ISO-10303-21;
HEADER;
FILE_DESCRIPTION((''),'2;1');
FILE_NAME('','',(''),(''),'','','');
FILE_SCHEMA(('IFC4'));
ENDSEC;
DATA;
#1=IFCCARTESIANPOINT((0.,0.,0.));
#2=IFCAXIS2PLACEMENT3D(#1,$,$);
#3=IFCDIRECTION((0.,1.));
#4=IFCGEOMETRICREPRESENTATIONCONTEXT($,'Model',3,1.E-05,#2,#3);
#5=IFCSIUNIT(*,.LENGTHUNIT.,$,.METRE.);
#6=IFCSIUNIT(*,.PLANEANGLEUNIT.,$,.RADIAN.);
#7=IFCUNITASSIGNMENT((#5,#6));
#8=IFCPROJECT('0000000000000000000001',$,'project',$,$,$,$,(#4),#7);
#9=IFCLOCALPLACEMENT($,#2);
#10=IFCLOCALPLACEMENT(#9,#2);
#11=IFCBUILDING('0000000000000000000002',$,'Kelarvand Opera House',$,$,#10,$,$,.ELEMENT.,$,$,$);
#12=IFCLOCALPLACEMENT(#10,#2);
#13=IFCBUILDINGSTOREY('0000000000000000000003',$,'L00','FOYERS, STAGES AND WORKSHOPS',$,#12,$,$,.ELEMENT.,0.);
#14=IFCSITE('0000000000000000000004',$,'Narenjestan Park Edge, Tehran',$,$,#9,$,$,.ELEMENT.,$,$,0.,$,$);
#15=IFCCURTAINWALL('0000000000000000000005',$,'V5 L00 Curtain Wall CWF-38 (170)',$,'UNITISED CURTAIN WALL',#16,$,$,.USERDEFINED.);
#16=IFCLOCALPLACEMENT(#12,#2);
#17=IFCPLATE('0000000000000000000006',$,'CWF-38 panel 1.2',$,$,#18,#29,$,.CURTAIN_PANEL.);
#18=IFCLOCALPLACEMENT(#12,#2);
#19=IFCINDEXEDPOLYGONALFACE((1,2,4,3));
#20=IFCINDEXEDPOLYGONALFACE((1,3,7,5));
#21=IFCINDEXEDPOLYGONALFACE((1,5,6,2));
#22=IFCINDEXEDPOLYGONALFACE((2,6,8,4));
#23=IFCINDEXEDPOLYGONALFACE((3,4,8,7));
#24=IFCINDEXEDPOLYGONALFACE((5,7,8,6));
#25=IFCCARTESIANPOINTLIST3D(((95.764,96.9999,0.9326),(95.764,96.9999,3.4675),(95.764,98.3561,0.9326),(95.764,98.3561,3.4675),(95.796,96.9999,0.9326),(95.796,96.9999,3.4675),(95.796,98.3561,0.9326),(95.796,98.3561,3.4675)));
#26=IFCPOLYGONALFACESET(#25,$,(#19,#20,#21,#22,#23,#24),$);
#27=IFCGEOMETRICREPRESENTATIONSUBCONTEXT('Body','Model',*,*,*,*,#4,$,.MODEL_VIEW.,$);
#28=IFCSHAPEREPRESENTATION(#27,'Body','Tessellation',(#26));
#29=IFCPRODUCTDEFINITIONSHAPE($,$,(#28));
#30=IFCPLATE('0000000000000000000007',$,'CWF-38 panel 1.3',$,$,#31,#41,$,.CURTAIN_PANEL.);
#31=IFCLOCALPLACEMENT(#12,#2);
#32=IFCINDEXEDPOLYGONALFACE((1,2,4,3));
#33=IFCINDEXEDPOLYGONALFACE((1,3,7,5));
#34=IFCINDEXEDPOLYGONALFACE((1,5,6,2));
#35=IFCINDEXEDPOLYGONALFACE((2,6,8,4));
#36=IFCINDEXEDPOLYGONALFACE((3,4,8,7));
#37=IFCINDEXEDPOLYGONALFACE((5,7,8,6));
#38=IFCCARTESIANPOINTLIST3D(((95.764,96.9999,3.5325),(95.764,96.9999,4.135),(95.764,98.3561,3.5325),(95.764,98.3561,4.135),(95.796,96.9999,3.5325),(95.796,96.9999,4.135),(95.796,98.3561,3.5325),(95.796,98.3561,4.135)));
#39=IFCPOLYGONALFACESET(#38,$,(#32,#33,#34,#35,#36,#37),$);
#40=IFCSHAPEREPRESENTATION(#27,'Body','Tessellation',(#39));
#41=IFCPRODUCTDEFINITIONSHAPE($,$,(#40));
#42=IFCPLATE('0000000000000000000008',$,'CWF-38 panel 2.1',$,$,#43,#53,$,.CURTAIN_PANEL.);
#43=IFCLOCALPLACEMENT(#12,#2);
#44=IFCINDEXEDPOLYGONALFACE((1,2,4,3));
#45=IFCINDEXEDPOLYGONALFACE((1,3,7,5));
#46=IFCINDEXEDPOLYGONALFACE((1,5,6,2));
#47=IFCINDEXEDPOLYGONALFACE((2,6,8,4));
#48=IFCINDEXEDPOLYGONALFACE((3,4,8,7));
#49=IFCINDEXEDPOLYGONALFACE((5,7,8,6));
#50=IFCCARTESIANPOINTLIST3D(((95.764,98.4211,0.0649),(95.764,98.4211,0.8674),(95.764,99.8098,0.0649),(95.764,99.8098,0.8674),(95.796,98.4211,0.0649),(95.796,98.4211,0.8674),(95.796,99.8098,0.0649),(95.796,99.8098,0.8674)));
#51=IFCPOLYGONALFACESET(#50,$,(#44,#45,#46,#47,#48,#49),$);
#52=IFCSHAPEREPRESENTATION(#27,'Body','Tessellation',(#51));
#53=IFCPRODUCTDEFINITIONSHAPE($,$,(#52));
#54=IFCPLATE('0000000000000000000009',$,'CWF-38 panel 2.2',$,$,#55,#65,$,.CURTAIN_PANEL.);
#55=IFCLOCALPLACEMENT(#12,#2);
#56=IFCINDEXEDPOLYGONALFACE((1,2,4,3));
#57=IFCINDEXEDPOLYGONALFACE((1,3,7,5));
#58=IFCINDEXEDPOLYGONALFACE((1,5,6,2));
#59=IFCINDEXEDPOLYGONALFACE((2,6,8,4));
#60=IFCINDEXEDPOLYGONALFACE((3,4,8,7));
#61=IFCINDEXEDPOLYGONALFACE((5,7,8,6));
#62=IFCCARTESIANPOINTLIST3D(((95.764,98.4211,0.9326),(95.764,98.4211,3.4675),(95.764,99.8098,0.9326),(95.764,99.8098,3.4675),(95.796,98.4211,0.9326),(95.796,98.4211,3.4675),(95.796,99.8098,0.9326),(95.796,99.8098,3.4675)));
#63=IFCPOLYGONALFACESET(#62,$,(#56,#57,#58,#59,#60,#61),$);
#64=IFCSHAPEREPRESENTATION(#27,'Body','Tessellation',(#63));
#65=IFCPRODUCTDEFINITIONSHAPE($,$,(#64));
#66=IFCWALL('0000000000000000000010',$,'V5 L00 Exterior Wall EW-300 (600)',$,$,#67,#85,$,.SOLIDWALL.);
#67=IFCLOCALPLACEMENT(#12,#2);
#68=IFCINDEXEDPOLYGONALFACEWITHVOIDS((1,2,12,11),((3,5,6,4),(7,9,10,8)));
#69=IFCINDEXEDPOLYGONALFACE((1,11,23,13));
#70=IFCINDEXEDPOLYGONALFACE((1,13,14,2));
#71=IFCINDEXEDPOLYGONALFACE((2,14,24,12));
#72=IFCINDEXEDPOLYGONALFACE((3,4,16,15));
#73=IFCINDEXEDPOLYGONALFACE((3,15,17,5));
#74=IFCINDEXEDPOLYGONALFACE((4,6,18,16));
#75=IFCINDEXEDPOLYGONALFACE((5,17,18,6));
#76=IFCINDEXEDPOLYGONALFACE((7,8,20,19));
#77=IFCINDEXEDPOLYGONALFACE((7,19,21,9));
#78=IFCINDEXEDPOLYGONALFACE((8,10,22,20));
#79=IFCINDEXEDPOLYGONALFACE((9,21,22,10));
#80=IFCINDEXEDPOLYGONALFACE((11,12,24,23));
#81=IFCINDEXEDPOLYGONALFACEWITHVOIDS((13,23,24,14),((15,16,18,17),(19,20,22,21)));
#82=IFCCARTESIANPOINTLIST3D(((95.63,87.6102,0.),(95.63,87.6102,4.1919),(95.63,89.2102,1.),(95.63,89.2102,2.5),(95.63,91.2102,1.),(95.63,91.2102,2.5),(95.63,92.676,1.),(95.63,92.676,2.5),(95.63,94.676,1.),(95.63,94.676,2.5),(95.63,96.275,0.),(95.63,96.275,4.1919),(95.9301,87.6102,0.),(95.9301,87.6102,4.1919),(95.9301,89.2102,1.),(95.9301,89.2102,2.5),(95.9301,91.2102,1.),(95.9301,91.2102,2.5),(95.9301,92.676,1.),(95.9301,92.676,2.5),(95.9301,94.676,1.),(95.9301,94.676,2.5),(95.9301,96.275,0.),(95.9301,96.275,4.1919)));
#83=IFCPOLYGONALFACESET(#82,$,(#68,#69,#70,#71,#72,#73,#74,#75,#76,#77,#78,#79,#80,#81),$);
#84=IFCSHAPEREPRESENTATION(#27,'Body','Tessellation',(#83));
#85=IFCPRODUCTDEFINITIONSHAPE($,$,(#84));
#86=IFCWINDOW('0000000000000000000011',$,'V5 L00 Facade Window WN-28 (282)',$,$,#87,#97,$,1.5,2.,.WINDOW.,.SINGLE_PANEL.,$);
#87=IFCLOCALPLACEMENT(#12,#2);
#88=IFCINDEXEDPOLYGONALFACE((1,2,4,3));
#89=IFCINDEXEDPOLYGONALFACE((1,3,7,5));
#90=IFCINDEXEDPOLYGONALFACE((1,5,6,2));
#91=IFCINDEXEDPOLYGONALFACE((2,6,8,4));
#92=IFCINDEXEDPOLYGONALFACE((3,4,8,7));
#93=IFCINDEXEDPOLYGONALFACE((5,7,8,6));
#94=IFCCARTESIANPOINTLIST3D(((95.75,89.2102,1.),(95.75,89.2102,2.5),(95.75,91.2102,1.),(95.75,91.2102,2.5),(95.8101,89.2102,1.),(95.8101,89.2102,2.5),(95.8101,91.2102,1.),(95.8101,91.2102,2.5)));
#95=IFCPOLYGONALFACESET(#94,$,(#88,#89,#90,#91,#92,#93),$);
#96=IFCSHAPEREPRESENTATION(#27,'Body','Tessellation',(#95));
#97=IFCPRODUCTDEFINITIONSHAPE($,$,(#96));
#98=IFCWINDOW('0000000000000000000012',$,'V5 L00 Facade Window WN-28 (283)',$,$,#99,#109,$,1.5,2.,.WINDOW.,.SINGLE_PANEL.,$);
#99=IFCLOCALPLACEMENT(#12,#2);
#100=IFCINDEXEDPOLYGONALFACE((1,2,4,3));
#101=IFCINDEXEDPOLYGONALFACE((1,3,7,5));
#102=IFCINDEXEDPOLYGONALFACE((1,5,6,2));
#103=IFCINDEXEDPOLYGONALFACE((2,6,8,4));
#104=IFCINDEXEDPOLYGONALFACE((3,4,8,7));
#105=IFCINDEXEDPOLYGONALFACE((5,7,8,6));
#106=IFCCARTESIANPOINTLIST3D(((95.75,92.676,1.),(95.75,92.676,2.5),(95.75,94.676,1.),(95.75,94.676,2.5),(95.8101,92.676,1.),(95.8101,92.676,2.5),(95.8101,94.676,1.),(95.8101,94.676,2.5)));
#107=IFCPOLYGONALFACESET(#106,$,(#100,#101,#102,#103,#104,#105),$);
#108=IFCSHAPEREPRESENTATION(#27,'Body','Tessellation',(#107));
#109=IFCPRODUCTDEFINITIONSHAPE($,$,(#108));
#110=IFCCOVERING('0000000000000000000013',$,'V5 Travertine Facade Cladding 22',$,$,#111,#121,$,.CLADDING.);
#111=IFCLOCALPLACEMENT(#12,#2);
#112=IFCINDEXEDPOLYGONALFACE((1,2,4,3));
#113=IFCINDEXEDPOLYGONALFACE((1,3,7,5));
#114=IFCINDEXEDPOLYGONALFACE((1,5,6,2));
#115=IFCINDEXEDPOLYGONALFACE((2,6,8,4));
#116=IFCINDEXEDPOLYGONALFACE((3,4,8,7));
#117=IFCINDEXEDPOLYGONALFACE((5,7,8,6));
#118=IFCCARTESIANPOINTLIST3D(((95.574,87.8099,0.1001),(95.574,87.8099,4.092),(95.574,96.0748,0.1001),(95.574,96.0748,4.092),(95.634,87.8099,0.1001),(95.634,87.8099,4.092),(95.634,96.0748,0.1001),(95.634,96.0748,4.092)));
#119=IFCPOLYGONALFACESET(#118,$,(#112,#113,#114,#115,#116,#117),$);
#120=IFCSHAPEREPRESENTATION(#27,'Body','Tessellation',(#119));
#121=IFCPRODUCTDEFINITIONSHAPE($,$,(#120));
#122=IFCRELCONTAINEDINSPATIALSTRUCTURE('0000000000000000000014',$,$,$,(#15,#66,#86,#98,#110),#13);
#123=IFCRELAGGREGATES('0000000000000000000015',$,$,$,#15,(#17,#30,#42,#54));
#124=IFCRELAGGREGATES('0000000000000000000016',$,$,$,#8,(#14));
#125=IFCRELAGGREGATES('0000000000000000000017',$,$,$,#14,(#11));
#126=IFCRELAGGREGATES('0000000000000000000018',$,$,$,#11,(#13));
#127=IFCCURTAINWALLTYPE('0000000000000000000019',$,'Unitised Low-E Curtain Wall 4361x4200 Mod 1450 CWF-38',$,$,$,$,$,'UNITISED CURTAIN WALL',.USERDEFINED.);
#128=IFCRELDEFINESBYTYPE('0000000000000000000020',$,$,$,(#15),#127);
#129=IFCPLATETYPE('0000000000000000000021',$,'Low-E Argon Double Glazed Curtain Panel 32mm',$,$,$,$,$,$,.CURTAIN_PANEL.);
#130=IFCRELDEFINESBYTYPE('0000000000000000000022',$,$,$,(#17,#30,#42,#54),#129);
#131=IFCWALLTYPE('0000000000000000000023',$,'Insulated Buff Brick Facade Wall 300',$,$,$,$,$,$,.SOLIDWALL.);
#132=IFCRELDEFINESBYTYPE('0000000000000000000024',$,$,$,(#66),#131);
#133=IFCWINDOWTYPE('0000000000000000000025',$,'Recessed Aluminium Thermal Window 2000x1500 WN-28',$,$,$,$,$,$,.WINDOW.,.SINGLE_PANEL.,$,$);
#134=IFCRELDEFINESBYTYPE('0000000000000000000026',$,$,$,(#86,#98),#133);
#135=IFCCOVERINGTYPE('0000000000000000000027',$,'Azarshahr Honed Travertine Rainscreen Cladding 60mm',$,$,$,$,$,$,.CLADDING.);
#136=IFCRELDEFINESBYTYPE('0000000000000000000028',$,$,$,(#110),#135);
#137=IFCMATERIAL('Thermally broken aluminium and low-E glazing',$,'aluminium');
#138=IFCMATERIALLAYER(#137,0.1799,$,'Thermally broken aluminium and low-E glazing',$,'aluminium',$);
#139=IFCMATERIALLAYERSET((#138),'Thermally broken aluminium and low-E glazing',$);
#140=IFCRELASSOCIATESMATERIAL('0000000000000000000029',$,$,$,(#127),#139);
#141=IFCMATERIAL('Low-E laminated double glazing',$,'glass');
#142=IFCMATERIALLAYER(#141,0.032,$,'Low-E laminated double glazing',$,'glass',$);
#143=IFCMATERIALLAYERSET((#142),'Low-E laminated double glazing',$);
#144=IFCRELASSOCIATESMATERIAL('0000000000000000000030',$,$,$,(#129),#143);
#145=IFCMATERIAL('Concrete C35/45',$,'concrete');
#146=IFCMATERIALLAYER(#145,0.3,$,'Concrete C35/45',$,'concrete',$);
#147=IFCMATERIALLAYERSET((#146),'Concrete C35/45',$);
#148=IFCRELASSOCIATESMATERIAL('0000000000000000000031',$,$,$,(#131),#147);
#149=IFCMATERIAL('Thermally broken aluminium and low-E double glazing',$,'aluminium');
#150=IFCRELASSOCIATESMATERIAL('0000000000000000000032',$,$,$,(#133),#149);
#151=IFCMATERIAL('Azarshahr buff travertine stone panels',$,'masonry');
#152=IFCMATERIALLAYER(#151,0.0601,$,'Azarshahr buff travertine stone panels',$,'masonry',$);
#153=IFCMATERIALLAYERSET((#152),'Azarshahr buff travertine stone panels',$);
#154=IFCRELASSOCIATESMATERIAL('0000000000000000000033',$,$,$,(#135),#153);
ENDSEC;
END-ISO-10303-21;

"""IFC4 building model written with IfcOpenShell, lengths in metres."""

from ifc_helpers import new_model, si_unit, direction, frame, frame_2d, origin, origin_2d, place, context, subcontext, project, spatial, rectangle, extrude, material, layer, layer_set, type_object, element, fill, aggregate, save


model = new_model("IFC4")

# Units and contexts
model_context = context("Model", 3, precision=1e-05, world=origin(), true_north=direction((0.0, 1.0)))
body_context = subcontext(model_context, "Body", "Model", "MODEL_VIEW")
ifc_project = project(units=[si_unit("LENGTHUNIT", "METRE"), si_unit("PLANEANGLEUNIT", "RADIAN")], contexts=[model_context])

# Site, building, storey
site_placement = place(None, origin())
site = spatial("IfcSite", under=ifc_project, at=site_placement, Name="Narenjestan Park Edge, Tehran", CompositionType="ELEMENT", RefElevation=0.0)
building_placement = place(site_placement, origin())
building = spatial("IfcBuilding", under=site, at=building_placement, Name="Kelarvand Opera House", CompositionType="ELEMENT")
storey_placement = place(building_placement, origin())
storey = spatial("IfcBuildingStorey", under=building, at=storey_placement, Name="L00", Description="FOYERS, STAGES AND WORKSHOPS", CompositionType="ELEMENT", Elevation=0.0)

# Curtain wall
ifc_material_1 = material(Name="Thermally broken aluminium and low-E glazing", Category="aluminium")
ifc_layer_1 = layer(ifc_material_1, 0.1799, Name="Thermally broken aluminium and low-E glazing", Category="aluminium")
ifc_layer_set_1 = layer_set([ifc_layer_1], Name="Thermally broken aluminium and low-E glazing")
curtain_wall_type = type_object("IfcCurtainWallType", Name="Unitised Low-E Curtain Wall 4361x4200 Mod 1450 CWF-38", ElementType="UNITISED CURTAIN WALL", PredefinedType="USERDEFINED", material=ifc_layer_set_1)
curtain_wall_placement = place(storey_placement, origin())
curtain_wall = element("IfcCurtainWall", 1, at=curtain_wall_placement, inside=storey, type_object=curtain_wall_type, Name="V5 L00 Curtain Wall CWF-38 (170)", ObjectType="UNITISED CURTAIN WALL", PredefinedType="USERDEFINED")

# Plates
ifc_material_2 = material(Name="Low-E laminated double glazing", Category="glass")
ifc_layer_2 = layer(ifc_material_2, 0.032, Name="Low-E laminated double glazing", Category="glass")
ifc_layer_set_2 = layer_set([ifc_layer_2], Name="Low-E laminated double glazing")
plate_type = type_object("IfcPlateType", Name="Low-E Argon Double Glazed Curtain Panel 32mm", PredefinedType="CURTAIN_PANEL", material=ifc_layer_set_2)
plate_1_placement = place(storey_placement, frame((95.78, 97.678, 0.9326), z_axis=(0.0, 0.0, 1.0), x_axis=(0.0, 1.0, 0.0)))
plate_1 = element("IfcPlate", 2, at=plate_1_placement, type_object=plate_type, Name="CWF-38 panel 1.2", PredefinedType="CURTAIN_PANEL", context=body_context, shape_type="SweptSolid", body=[
    extrude(rectangle(XDim=1.3562, YDim=0.032, at=origin_2d()), origin(), (0.0, 0.0, 1.0), 2.5349),
])
plate_2_placement = place(storey_placement, frame((95.78, 97.678, 3.5325), z_axis=(0.0, 0.0, 1.0), x_axis=(0.0, 1.0, 0.0)))
plate_2 = element("IfcPlate", 3, at=plate_2_placement, type_object=plate_type, Name="CWF-38 panel 1.3", PredefinedType="CURTAIN_PANEL", context=body_context, shape_type="SweptSolid", body=[
    extrude(rectangle(XDim=1.3562, YDim=0.032, at=origin_2d()), origin(), (0.0, 0.0, 1.0), 0.6025),
])
plate_3_placement = place(storey_placement, frame((95.78, 99.1155, 0.0649), z_axis=(0.0, 0.0, 1.0), x_axis=(0.0, 1.0, 0.0)))
plate_3 = element("IfcPlate", 4, at=plate_3_placement, type_object=plate_type, Name="CWF-38 panel 2.1", PredefinedType="CURTAIN_PANEL", context=body_context, shape_type="SweptSolid", body=[
    extrude(rectangle(XDim=1.3887, YDim=0.032, at=origin_2d()), origin(), (0.0, 0.0, 1.0), 0.8025),
])
plate_4_placement = place(storey_placement, frame((95.78, 99.1155, 0.9326), z_axis=(0.0, 0.0, 1.0), x_axis=(0.0, 1.0, 0.0)))
plate_4 = element("IfcPlate", 5, at=plate_4_placement, type_object=plate_type, Name="CWF-38 panel 2.2", PredefinedType="CURTAIN_PANEL", context=body_context, shape_type="SweptSolid", body=[
    extrude(rectangle(XDim=1.3887, YDim=0.032, at=origin_2d()), origin(), (0.0, 0.0, 1.0), 2.5349),
])
aggregate(curtain_wall, [plate_1, plate_2, plate_3, plate_4])

# Wall, openings, windows
ifc_material_3 = material(Name="Concrete C35/45", Category="concrete")
ifc_layer_3 = layer(ifc_material_3, 0.3, Name="Concrete C35/45", Category="concrete")
ifc_layer_set_3 = layer_set([ifc_layer_3], Name="Concrete C35/45")
wall_type = type_object("IfcWallType", Name="Insulated Buff Brick Facade Wall 300", PredefinedType="SOLIDWALL", material=ifc_layer_set_3)
wall_placement = place(storey_placement, frame((95.78, 87.6101, 0.0), z_axis=(0.0, 0.0, 1.0), x_axis=(0.0, 1.0, 0.0)))
wall = element("IfcWall", 6, at=wall_placement, inside=storey, type_object=wall_type, Name="V5 L00 Exterior Wall EW-300 (600)", PredefinedType="SOLIDWALL", context=body_context, shape_type="SweptSolid", body=[
    extrude(rectangle(XDim=8.6648, YDim=0.3, at=frame_2d((4.3325, 0.0))), origin(), (0.0, 0.0, 1.0), 4.1919),
])
opening_1_placement = place(wall_placement, frame((1.6001, 0.0, 1.0)))
opening_1 = element("IfcOpeningElement", 7, at=opening_1_placement, cuts=wall, PredefinedType="OPENING", context=body_context, shape_type="SweptSolid", body=[
    extrude(rectangle(XDim=2.0, YDim=1.5, at=frame_2d((1.0, 0.75))), frame((0.0, 0.1602, 0.0), z_axis=(0.0, -1.0, 0.0), x_axis=(1.0, 0.0, 0.0)), (0.0, 0.0, 1.0), 0.3201),
])
opening_2_placement = place(wall_placement, frame((5.0659, 0.0, 1.0)))
opening_2 = element("IfcOpeningElement", 8, at=opening_2_placement, cuts=wall, PredefinedType="OPENING", context=body_context, shape_type="SweptSolid", body=[
    extrude(rectangle(XDim=2.0, YDim=1.5, at=frame_2d((1.0, 0.75))), frame((0.0, 0.1602, 0.0), z_axis=(0.0, -1.0, 0.0), x_axis=(1.0, 0.0, 0.0)), (0.0, 0.0, 1.0), 0.3201),
])
ifc_material_4 = material(Name="Thermally broken aluminium and low-E double glazing", Category="aluminium")
window_type = type_object("IfcWindowType", Name="Recessed Aluminium Thermal Window 2000x1500 WN-28", PartitioningType="SINGLE_PANEL", PredefinedType="WINDOW", material=ifc_material_4)
window_1_placement = place(opening_1_placement, origin())
window_1 = element("IfcWindow", 9, at=window_1_placement, inside=storey, type_object=window_type, Name="V5 L00 Facade Window WN-28 (282)", OverallHeight=1.5, OverallWidth=2.0, PartitioningType="SINGLE_PANEL", PredefinedType="WINDOW", context=body_context, shape_type="SweptSolid", body=[
    extrude(rectangle(XDim=2.0, YDim=1.5, at=frame_2d((1.0, 0.75))), frame((0.0, 0.03, 0.0), z_axis=(0.0, -1.0, 0.0), x_axis=(1.0, 0.0, 0.0)), (0.0, 0.0, 1.0), 0.0601),
])
fill(opening_1, window_1)
window_2_placement = place(opening_2_placement, origin())
window_2 = element("IfcWindow", 10, at=window_2_placement, inside=storey, type_object=window_type, Name="V5 L00 Facade Window WN-28 (283)", OverallHeight=1.5, OverallWidth=2.0, PartitioningType="SINGLE_PANEL", PredefinedType="WINDOW", context=body_context, shape_type="SweptSolid", body=[
    extrude(rectangle(XDim=2.0, YDim=1.5, at=frame_2d((1.0, 0.75))), frame((0.0, 0.03, 0.0), z_axis=(0.0, -1.0, 0.0), x_axis=(1.0, 0.0, 0.0)), (0.0, 0.0, 1.0), 0.0601),
])
fill(opening_2, window_2)

# Covering
ifc_material_5 = material(Name="Azarshahr buff travertine stone panels", Category="masonry")
ifc_layer_4 = layer(ifc_material_5, 0.0601, Name="Azarshahr buff travertine stone panels", Category="masonry")
ifc_layer_set_4 = layer_set([ifc_layer_4], Name="Azarshahr buff travertine stone panels")
covering_type = type_object("IfcCoveringType", Name="Azarshahr Honed Travertine Rainscreen Cladding 60mm", PredefinedType="CLADDING", material=ifc_layer_set_4)
covering_placement = place(storey_placement, frame((95.604, 91.9424, 0.1001), z_axis=(0.0, 0.0, 1.0), x_axis=(0.0, 1.0, 0.0)))
element("IfcCovering", 11, at=covering_placement, inside=storey, type_object=covering_type, Name="V5 Travertine Facade Cladding 22", PredefinedType="CLADDING", context=body_context, shape_type="SweptSolid", body=[
    extrude(rectangle(XDim=8.2649, YDim=0.0601, at=origin_2d()), origin(), (0.0, 0.0, 1.0), 3.9919),
])

save(model, "model.ifc")
